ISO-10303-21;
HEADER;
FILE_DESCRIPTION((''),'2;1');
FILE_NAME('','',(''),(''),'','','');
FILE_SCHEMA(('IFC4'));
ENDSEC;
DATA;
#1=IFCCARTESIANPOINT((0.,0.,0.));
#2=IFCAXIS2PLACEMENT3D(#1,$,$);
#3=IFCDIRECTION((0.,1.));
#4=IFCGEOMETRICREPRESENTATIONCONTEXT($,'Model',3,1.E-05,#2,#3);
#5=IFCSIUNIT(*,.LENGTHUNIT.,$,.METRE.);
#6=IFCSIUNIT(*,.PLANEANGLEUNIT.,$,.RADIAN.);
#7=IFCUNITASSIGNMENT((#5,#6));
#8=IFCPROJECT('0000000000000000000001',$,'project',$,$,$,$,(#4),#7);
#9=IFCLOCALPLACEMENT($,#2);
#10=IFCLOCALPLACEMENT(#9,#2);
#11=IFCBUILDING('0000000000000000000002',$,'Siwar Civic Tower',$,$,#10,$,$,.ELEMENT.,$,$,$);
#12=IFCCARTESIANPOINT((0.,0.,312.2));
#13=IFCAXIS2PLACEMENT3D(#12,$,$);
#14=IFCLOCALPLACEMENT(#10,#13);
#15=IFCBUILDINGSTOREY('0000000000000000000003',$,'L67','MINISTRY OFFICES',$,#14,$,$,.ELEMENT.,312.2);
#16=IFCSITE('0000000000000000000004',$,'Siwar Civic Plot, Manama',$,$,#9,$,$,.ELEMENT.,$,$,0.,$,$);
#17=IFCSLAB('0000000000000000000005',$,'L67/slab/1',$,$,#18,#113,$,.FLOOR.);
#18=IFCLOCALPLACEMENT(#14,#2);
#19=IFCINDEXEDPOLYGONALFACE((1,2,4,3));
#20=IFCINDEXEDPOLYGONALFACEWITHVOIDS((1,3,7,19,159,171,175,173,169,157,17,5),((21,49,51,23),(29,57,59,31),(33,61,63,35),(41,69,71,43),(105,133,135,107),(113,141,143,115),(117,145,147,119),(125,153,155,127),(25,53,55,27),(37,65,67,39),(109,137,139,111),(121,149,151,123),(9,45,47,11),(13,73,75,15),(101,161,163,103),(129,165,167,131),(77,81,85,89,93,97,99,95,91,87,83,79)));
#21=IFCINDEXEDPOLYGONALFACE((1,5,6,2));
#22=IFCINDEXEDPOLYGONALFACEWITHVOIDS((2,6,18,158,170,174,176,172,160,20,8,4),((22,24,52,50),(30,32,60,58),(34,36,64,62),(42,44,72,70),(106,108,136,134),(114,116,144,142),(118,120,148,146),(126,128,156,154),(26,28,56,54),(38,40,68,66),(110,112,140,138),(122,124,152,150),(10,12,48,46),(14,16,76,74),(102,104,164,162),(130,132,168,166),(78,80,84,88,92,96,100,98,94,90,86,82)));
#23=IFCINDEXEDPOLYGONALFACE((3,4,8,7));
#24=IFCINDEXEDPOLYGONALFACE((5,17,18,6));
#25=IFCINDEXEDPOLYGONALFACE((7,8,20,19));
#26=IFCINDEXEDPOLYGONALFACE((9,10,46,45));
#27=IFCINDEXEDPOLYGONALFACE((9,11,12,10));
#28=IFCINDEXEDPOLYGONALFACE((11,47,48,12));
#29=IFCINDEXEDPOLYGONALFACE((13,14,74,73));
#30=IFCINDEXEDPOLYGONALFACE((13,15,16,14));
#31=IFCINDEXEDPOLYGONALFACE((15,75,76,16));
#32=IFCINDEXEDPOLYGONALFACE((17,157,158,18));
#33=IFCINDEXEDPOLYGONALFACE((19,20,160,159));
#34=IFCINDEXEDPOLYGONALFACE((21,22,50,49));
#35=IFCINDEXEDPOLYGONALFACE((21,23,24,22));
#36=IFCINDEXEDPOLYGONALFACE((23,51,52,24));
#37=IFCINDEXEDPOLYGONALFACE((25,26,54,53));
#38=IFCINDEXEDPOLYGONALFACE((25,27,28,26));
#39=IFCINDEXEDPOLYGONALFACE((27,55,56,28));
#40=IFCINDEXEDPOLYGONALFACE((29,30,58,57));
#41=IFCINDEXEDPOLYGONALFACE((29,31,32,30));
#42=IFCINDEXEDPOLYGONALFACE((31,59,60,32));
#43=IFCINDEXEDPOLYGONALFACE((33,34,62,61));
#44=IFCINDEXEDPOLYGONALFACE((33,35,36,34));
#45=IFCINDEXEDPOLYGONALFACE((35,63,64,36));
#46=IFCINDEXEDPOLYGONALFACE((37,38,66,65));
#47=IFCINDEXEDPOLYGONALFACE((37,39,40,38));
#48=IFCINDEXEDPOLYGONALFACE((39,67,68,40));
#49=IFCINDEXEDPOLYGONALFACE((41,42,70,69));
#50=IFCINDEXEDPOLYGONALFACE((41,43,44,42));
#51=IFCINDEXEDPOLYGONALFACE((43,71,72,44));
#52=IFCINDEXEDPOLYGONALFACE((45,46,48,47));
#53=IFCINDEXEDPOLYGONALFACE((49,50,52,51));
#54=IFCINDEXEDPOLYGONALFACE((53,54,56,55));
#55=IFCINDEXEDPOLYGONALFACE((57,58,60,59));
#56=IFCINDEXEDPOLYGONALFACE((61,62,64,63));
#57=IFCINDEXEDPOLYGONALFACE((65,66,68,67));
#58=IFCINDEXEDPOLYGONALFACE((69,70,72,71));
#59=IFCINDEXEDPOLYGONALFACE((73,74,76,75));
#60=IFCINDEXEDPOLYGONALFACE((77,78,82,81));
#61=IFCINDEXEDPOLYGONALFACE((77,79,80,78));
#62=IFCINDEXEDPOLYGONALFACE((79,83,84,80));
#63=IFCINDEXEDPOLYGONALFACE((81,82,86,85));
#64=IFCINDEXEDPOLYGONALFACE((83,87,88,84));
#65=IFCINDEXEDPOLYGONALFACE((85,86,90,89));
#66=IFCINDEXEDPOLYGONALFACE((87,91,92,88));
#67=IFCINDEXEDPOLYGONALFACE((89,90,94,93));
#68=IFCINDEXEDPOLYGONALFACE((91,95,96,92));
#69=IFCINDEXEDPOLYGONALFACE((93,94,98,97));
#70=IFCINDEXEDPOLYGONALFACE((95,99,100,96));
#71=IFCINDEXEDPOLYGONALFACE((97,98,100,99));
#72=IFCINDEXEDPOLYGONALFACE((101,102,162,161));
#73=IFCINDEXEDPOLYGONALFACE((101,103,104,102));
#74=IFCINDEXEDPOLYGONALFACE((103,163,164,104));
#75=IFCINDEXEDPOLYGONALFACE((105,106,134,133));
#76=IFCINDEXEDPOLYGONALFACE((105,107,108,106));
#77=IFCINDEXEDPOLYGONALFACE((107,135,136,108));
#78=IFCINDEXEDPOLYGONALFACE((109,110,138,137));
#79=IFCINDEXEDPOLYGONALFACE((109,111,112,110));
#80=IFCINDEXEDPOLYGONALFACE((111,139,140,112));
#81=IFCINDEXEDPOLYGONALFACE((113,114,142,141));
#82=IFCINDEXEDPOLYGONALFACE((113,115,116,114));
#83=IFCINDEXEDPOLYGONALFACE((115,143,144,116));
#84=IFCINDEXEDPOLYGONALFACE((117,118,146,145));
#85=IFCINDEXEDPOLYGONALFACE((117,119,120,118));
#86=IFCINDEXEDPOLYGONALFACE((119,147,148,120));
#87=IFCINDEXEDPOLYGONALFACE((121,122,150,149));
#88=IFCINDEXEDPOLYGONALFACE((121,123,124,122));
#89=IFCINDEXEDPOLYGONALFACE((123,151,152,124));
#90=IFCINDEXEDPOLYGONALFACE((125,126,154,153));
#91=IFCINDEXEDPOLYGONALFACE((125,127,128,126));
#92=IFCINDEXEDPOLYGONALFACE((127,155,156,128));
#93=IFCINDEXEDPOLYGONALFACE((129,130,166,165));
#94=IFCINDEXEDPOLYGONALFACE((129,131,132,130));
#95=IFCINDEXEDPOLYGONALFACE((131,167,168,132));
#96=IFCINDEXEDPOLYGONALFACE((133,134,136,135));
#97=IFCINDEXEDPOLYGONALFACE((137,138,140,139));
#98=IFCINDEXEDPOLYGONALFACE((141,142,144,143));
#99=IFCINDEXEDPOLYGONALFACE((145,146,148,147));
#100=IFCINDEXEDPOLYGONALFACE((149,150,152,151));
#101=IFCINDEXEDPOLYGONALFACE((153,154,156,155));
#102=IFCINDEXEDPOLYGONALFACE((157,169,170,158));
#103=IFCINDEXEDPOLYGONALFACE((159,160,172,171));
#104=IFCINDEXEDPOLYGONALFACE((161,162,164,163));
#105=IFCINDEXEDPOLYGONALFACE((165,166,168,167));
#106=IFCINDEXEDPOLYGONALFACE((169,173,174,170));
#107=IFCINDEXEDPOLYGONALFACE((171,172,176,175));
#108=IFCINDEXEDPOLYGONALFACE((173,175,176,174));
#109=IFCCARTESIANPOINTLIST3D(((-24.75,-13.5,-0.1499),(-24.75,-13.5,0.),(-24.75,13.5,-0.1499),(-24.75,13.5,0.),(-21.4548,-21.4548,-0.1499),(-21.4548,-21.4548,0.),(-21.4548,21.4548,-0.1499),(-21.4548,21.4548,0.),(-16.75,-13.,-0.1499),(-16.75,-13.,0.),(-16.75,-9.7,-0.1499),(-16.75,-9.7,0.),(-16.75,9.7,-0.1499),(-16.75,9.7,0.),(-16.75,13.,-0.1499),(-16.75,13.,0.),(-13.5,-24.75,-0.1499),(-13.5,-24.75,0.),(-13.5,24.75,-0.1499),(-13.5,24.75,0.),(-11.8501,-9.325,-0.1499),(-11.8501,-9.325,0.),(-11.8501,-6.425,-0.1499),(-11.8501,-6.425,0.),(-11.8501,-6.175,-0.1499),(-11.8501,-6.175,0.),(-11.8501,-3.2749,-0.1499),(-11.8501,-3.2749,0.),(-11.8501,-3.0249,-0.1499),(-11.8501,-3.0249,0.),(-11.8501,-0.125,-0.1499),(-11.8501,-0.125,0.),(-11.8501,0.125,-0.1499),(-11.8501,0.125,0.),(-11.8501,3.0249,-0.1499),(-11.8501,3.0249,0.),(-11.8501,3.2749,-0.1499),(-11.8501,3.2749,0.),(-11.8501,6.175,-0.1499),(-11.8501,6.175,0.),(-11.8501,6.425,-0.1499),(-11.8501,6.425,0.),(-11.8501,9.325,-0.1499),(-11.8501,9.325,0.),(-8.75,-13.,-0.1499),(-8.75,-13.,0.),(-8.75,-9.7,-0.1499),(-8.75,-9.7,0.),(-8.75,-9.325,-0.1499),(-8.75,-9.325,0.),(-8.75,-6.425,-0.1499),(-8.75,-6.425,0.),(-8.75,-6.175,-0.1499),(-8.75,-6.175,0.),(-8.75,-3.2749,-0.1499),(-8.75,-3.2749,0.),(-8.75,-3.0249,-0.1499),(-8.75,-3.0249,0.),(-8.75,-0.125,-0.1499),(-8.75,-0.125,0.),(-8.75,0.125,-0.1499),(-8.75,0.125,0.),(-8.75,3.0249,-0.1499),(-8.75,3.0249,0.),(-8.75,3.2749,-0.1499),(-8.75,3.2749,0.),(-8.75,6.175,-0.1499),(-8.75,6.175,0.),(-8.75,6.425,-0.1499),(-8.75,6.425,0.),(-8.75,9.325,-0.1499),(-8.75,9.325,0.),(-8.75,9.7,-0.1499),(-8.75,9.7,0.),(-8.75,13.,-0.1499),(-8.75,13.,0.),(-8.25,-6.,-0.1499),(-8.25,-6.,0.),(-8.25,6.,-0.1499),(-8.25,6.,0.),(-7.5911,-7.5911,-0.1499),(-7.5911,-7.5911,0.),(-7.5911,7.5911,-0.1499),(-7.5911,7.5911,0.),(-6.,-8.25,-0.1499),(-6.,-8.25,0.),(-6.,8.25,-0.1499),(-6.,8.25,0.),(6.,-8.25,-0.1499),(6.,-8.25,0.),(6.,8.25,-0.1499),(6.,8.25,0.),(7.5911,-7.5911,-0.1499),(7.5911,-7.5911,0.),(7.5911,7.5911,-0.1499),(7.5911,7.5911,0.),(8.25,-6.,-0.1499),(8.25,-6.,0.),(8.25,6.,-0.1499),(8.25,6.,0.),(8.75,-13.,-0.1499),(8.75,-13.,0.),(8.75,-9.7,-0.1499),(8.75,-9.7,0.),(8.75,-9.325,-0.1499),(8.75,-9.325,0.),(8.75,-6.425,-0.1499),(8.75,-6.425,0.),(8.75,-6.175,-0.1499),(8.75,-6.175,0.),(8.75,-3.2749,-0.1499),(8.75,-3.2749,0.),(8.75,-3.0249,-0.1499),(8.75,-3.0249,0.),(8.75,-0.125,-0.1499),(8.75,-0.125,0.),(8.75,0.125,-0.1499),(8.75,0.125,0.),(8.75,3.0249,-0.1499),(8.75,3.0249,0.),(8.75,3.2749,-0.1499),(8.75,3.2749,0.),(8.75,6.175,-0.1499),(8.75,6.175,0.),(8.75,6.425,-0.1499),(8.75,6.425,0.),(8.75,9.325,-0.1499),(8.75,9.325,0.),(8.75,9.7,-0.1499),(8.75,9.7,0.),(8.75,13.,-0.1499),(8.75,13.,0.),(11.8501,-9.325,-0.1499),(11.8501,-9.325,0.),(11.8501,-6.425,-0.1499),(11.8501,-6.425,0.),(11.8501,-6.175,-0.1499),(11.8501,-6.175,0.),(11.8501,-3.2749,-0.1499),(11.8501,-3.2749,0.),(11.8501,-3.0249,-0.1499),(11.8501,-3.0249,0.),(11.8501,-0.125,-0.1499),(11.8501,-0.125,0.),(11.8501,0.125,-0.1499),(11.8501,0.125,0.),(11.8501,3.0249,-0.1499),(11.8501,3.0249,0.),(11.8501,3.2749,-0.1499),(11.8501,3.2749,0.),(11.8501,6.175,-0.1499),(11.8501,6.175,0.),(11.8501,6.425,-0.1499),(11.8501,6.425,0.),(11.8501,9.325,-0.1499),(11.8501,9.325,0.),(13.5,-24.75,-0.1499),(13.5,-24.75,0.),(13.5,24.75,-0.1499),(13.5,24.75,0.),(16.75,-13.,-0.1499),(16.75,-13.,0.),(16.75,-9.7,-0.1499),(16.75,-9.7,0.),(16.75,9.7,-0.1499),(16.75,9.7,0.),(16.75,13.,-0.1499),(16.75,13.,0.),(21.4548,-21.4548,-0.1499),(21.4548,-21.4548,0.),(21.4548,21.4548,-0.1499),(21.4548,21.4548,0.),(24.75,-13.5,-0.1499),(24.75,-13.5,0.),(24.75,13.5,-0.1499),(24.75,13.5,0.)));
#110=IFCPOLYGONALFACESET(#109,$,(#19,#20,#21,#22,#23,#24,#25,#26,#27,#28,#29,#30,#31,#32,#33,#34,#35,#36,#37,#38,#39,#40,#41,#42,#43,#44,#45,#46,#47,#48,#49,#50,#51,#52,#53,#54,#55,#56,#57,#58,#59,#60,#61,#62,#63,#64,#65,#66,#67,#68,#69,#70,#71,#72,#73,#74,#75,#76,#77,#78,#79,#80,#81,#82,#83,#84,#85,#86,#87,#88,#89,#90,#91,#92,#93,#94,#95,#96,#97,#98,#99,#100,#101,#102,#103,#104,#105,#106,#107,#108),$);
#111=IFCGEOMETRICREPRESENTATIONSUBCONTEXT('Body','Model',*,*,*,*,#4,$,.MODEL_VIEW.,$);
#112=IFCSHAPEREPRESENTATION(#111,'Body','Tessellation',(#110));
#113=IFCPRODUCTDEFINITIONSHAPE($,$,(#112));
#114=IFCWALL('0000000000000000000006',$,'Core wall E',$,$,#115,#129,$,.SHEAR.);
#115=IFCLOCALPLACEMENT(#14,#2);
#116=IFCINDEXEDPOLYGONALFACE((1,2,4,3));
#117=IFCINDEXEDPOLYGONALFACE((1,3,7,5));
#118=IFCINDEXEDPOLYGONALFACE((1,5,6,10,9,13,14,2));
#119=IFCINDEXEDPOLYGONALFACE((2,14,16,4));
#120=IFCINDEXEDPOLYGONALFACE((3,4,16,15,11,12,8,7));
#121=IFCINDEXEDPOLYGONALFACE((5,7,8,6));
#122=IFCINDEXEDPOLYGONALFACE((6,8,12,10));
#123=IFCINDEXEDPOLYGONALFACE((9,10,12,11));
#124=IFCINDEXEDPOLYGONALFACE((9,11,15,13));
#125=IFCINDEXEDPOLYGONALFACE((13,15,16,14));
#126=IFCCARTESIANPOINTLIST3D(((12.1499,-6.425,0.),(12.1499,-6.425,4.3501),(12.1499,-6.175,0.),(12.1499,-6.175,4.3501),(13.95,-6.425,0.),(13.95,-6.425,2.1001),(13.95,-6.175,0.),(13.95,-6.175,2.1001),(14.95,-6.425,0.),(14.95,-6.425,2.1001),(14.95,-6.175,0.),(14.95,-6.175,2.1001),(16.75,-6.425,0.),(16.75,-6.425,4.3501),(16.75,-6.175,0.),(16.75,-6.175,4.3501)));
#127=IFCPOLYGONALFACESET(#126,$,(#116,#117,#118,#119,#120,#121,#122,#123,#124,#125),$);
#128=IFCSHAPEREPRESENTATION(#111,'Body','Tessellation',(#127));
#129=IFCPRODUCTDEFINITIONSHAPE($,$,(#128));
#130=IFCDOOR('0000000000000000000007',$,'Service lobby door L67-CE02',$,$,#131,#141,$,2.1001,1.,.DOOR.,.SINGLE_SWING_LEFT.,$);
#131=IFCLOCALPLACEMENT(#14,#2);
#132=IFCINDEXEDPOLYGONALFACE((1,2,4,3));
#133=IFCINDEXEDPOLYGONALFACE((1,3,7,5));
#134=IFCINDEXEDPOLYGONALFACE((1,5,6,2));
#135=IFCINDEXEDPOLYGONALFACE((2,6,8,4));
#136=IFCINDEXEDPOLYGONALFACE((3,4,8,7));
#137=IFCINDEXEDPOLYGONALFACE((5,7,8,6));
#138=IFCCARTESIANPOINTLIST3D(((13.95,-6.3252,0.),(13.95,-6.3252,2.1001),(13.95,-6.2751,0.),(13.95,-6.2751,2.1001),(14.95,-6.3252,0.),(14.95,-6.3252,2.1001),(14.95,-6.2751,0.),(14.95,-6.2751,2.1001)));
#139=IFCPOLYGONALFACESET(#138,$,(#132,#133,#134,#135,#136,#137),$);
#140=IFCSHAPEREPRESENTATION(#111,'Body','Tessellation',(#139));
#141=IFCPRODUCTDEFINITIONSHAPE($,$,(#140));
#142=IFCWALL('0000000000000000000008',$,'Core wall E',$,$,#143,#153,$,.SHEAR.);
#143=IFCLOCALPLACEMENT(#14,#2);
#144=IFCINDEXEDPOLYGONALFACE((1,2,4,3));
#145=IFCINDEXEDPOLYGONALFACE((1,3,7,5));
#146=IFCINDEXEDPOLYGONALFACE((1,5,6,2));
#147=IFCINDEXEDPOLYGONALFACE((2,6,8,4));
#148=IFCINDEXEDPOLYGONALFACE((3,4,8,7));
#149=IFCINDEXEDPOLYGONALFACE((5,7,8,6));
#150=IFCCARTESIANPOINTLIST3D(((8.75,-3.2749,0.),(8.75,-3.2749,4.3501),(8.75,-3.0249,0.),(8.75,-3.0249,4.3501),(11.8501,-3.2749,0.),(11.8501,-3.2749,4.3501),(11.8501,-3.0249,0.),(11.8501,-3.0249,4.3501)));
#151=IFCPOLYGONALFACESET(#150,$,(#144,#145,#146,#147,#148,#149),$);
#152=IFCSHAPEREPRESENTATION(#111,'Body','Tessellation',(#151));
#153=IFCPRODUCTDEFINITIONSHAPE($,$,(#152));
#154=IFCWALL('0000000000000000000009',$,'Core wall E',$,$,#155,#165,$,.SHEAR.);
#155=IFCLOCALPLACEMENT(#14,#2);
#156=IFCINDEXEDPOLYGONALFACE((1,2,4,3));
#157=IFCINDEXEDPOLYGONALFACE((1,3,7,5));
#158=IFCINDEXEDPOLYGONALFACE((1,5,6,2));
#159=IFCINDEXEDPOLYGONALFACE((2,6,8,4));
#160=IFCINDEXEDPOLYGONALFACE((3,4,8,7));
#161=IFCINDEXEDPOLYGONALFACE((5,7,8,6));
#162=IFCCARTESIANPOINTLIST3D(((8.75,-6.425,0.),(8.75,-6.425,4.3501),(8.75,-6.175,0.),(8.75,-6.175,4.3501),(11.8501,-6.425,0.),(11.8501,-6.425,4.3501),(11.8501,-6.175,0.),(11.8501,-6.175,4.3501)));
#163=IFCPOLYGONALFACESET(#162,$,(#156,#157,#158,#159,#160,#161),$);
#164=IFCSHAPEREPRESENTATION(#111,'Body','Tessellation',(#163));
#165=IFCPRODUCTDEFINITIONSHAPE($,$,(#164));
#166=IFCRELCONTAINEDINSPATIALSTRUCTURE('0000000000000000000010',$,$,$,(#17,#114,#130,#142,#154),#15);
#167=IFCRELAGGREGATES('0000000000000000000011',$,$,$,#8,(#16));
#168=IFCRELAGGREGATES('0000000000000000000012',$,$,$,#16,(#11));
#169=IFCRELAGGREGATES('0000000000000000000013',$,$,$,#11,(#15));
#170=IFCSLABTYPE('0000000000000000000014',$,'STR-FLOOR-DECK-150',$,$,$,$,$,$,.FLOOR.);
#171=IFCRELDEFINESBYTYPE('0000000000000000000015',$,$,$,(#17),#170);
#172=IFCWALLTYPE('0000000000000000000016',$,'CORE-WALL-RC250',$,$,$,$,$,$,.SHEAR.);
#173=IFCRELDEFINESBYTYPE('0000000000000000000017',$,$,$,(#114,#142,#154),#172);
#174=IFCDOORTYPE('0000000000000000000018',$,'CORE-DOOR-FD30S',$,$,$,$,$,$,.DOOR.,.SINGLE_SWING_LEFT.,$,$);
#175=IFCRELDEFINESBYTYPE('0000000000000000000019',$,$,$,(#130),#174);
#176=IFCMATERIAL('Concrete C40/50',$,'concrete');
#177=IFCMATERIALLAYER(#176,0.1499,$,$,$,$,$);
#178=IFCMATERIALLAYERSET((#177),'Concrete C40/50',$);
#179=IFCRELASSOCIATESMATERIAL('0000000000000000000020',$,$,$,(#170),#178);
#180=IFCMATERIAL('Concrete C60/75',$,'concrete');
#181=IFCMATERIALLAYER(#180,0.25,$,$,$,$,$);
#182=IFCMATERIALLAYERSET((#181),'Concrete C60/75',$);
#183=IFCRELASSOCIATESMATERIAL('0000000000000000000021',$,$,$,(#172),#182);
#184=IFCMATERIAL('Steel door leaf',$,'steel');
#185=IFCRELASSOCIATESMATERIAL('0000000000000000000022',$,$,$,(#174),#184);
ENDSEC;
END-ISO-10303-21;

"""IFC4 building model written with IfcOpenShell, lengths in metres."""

from ifc_helpers import new_model, si_unit, direction, frame, frame_2d, origin, place, context, subcontext, project, spatial, polyline, rectangle, outline, extrude, material, layer, layer_set, type_object, element, fill, save


model = new_model("IFC4")

# Units and contexts
model_context = context("Model", 3, precision=1e-05, world=origin(), true_north=direction((0.0, 1.0)))
body_context = subcontext(model_context, "Body", "Model", "MODEL_VIEW")
ifc_project = project(units=[si_unit("LENGTHUNIT", "METRE"), si_unit("PLANEANGLEUNIT", "RADIAN")], contexts=[model_context])

# Site, building, storey
site_placement = place(None, origin())
site = spatial("IfcSite", under=ifc_project, at=site_placement, Name="Siwar Civic Plot, Manama", CompositionType="ELEMENT", RefElevation=0.0)
building_placement = place(site_placement, origin())
building = spatial("IfcBuilding", under=site, at=building_placement, Name="Siwar Civic Tower", CompositionType="ELEMENT")
storey_placement = place(building_placement, frame((0.0, 0.0, 312.2)))
storey = spatial("IfcBuildingStorey", under=building, at=storey_placement, Name="L67", Description="MINISTRY OFFICES", CompositionType="ELEMENT", Elevation=312.2)

# Slab
ifc_material_1 = material(Name="Concrete C40/50", Category="concrete")
ifc_layer_1 = layer(ifc_material_1, 0.1499)
ifc_layer_set_1 = layer_set([ifc_layer_1], Name="Concrete C40/50")
slab_type_1 = type_object("IfcSlabType", Name="STR-FLOOR-DECK-150", PredefinedType="FLOOR", material=ifc_layer_set_1)
slab_1_placement = place(storey_placement, frame((0.0, 0.0, -0.1499)))
element("IfcSlab", 1, at=slab_1_placement, inside=storey, type_object=slab_type_1, Name="L67/slab/1", PredefinedType="FLOOR", context=body_context, shape_type="SweptSolid", body=[
    extrude(outline(polyline([(-13.5, -24.75), (13.5, -24.75), (21.4548, -21.4548), (24.75, -13.5), (24.75, 13.5), (21.4548, 21.4548), (13.5, 24.75), (-13.5, 24.75), (-21.4548, 21.4548), (-24.75, 13.5), (-24.75, -13.5), (-21.4548, -21.4548), (-13.5, -24.75)]), holes=[polyline([(16.75, 13.0), (16.75, 9.7), (8.75, 9.7), (8.75, 13.0), (16.75, 13.0)]), polyline([(8.75, -9.7), (16.75, -9.7), (16.75, -13.0), (8.75, -13.0), (8.75, -9.7)]), polyline([(11.8501, 9.325), (11.8501, 6.425), (8.75, 6.425), (8.75, 9.325), (11.8501, 9.325)]), polyline([(8.75, 6.175), (11.8501, 6.175), (11.8501, 3.2749), (8.75, 3.2749), (8.75, 6.175)]), polyline([(8.75, 3.0249), (11.8501, 3.0249), (11.8501, 0.125), (8.75, 0.125), (8.75, 3.0249)]), polyline([(8.75, -0.125), (11.8501, -0.125), (11.8501, -3.0249), (8.75, -3.0249), (8.75, -0.125)]), polyline([(8.75, -3.2749), (11.8501, -3.2749), (11.8501, -6.175), (8.75, -6.175), (8.75, -3.2749)]), polyline([(8.75, -6.425), (11.8501, -6.425), (11.8501, -9.325), (8.75, -9.325), (8.75, -6.425)]), polyline([(-6.0, 8.25), (6.0, 8.25), (7.5911, 7.5911), (8.25, 6.0), (8.25, -6.0), (7.5911, -7.5911), (6.0, -8.25), (-6.0, -8.25), (-7.5911, -7.5911), (-8.25, -6.0), (-8.25, 6.0), (-7.5911, 7.5911), (-6.0, 8.25)]), polyline([(-8.75, -13.0), (-16.75, -13.0), (-16.75, -9.7), (-8.75, -9.7), (-8.75, -13.0)]), polyline([(-8.75, 9.7), (-16.75, 9.7), (-16.75, 13.0), (-8.75, 13.0), (-8.75, 9.7)]), polyline([(-8.75, 6.425), (-11.8501, 6.425), (-11.8501, 9.325), (-8.75, 9.325), (-8.75, 6.425)]), polyline([(-8.75, 3.2749), (-11.8501, 3.2749), (-11.8501, 6.175), (-8.75, 6.175), (-8.75, 3.2749)]), polyline([(-8.75, 0.125), (-11.8501, 0.125), (-11.8501, 3.0249), (-8.75, 3.0249), (-8.75, 0.125)]), polyline([(-8.75, -3.0249), (-11.8501, -3.0249), (-11.8501, -0.125), (-8.75, -0.125), (-8.75, -3.0249)]), polyline([(-8.75, -6.175), (-11.8501, -6.175), (-11.8501, -3.2749), (-8.75, -3.2749), (-8.75, -6.175)]), polyline([(-8.75, -9.325), (-11.8501, -9.325), (-11.8501, -6.425), (-8.75, -6.425), (-8.75, -9.325)])]), origin(), (0.0, 0.0, 1.0), 0.1499),
])

# Wall, opening, door
ifc_material_2 = material(Name="Concrete C60/75", Category="concrete")
ifc_layer_2 = layer(ifc_material_2, 0.25)
ifc_layer_set_2 = layer_set([ifc_layer_2], Name="Concrete C60/75")
wall_type_1 = type_object("IfcWallType", Name="CORE-WALL-RC250", PredefinedType="SHEAR", material=ifc_layer_set_2)
wall_1_placement = place(storey_placement, frame((12.1499, -6.3, 0.0), z_axis=(0.0, 0.0, 1.0), x_axis=(1.0, 0.0, 0.0)))
wall_1 = element("IfcWall", 2, at=wall_1_placement, inside=storey, type_object=wall_type_1, Name="Core wall E", PredefinedType="SHEAR", context=body_context, shape_type="SweptSolid", body=[
    extrude(rectangle(XDim=4.6001, YDim=0.25, at=frame_2d((2.3, 0.0))), origin(), (0.0, 0.0, 1.0), 4.3501),
])
opening_1_placement = place(wall_1_placement, frame((1.8, 0.0, 0.0)))
opening_1 = element("IfcOpeningElement", 3, at=opening_1_placement, cuts=wall_1, PredefinedType="OPENING", context=body_context, shape_type="SweptSolid", body=[
    extrude(rectangle(XDim=1.0, YDim=2.1001, at=frame_2d((0.5, 1.05))), frame((0.0, 0.135, 0.0), z_axis=(0.0, -1.0, 0.0), x_axis=(1.0, 0.0, 0.0)), (0.0, 0.0, 1.0), 0.27),
])
ifc_material_3 = material(Name="Steel door leaf", Category="steel")
door_type_1 = type_object("IfcDoorType", Name="CORE-DOOR-FD30S", OperationType="SINGLE_SWING_LEFT", PredefinedType="DOOR", material=ifc_material_3)
door_1_placement = place(opening_1_placement, origin())
door_1 = element("IfcDoor", 4, at=door_1_placement, inside=storey, type_object=door_type_1, Name="Service lobby door L67-CE02", OperationType="SINGLE_SWING_LEFT", OverallHeight=2.1001, OverallWidth=1.0, PredefinedType="DOOR", context=body_context, shape_type="SweptSolid", body=[
    extrude(rectangle(XDim=1.0, YDim=2.1001, at=frame_2d((0.5, 1.05))), frame((0.0, 0.0249, 0.0), z_axis=(0.0, -1.0, 0.0), x_axis=(1.0, 0.0, 0.0)), (0.0, 0.0, 1.0), 0.05),
])
fill(opening_1, door_1)

# Walls
for number, where, z_axis, x_axis, name in (
    (5, (8.75, -3.1499, 0.0), (0.0, 0.0, 1.0), (1.0, 0.0, 0.0), "Core wall E"),
    (6, (8.75, -6.3, 0.0), (0.0, 0.0, 1.0), (1.0, 0.0, 0.0), "Core wall E"),
):
    element("IfcWall", number, at=place(storey_placement, frame(where, z_axis=z_axis, x_axis=x_axis)), inside=storey, type_object=wall_type_1, Name=name, PredefinedType="SHEAR", context=body_context, shape_type="SweptSolid", body=[
        extrude(rectangle(XDim=3.1001, YDim=0.25, at=frame_2d((1.55, 0.0))), origin(), (0.0, 0.0, 1.0), 4.3501),
    ])

save(model, "model.ifc")
